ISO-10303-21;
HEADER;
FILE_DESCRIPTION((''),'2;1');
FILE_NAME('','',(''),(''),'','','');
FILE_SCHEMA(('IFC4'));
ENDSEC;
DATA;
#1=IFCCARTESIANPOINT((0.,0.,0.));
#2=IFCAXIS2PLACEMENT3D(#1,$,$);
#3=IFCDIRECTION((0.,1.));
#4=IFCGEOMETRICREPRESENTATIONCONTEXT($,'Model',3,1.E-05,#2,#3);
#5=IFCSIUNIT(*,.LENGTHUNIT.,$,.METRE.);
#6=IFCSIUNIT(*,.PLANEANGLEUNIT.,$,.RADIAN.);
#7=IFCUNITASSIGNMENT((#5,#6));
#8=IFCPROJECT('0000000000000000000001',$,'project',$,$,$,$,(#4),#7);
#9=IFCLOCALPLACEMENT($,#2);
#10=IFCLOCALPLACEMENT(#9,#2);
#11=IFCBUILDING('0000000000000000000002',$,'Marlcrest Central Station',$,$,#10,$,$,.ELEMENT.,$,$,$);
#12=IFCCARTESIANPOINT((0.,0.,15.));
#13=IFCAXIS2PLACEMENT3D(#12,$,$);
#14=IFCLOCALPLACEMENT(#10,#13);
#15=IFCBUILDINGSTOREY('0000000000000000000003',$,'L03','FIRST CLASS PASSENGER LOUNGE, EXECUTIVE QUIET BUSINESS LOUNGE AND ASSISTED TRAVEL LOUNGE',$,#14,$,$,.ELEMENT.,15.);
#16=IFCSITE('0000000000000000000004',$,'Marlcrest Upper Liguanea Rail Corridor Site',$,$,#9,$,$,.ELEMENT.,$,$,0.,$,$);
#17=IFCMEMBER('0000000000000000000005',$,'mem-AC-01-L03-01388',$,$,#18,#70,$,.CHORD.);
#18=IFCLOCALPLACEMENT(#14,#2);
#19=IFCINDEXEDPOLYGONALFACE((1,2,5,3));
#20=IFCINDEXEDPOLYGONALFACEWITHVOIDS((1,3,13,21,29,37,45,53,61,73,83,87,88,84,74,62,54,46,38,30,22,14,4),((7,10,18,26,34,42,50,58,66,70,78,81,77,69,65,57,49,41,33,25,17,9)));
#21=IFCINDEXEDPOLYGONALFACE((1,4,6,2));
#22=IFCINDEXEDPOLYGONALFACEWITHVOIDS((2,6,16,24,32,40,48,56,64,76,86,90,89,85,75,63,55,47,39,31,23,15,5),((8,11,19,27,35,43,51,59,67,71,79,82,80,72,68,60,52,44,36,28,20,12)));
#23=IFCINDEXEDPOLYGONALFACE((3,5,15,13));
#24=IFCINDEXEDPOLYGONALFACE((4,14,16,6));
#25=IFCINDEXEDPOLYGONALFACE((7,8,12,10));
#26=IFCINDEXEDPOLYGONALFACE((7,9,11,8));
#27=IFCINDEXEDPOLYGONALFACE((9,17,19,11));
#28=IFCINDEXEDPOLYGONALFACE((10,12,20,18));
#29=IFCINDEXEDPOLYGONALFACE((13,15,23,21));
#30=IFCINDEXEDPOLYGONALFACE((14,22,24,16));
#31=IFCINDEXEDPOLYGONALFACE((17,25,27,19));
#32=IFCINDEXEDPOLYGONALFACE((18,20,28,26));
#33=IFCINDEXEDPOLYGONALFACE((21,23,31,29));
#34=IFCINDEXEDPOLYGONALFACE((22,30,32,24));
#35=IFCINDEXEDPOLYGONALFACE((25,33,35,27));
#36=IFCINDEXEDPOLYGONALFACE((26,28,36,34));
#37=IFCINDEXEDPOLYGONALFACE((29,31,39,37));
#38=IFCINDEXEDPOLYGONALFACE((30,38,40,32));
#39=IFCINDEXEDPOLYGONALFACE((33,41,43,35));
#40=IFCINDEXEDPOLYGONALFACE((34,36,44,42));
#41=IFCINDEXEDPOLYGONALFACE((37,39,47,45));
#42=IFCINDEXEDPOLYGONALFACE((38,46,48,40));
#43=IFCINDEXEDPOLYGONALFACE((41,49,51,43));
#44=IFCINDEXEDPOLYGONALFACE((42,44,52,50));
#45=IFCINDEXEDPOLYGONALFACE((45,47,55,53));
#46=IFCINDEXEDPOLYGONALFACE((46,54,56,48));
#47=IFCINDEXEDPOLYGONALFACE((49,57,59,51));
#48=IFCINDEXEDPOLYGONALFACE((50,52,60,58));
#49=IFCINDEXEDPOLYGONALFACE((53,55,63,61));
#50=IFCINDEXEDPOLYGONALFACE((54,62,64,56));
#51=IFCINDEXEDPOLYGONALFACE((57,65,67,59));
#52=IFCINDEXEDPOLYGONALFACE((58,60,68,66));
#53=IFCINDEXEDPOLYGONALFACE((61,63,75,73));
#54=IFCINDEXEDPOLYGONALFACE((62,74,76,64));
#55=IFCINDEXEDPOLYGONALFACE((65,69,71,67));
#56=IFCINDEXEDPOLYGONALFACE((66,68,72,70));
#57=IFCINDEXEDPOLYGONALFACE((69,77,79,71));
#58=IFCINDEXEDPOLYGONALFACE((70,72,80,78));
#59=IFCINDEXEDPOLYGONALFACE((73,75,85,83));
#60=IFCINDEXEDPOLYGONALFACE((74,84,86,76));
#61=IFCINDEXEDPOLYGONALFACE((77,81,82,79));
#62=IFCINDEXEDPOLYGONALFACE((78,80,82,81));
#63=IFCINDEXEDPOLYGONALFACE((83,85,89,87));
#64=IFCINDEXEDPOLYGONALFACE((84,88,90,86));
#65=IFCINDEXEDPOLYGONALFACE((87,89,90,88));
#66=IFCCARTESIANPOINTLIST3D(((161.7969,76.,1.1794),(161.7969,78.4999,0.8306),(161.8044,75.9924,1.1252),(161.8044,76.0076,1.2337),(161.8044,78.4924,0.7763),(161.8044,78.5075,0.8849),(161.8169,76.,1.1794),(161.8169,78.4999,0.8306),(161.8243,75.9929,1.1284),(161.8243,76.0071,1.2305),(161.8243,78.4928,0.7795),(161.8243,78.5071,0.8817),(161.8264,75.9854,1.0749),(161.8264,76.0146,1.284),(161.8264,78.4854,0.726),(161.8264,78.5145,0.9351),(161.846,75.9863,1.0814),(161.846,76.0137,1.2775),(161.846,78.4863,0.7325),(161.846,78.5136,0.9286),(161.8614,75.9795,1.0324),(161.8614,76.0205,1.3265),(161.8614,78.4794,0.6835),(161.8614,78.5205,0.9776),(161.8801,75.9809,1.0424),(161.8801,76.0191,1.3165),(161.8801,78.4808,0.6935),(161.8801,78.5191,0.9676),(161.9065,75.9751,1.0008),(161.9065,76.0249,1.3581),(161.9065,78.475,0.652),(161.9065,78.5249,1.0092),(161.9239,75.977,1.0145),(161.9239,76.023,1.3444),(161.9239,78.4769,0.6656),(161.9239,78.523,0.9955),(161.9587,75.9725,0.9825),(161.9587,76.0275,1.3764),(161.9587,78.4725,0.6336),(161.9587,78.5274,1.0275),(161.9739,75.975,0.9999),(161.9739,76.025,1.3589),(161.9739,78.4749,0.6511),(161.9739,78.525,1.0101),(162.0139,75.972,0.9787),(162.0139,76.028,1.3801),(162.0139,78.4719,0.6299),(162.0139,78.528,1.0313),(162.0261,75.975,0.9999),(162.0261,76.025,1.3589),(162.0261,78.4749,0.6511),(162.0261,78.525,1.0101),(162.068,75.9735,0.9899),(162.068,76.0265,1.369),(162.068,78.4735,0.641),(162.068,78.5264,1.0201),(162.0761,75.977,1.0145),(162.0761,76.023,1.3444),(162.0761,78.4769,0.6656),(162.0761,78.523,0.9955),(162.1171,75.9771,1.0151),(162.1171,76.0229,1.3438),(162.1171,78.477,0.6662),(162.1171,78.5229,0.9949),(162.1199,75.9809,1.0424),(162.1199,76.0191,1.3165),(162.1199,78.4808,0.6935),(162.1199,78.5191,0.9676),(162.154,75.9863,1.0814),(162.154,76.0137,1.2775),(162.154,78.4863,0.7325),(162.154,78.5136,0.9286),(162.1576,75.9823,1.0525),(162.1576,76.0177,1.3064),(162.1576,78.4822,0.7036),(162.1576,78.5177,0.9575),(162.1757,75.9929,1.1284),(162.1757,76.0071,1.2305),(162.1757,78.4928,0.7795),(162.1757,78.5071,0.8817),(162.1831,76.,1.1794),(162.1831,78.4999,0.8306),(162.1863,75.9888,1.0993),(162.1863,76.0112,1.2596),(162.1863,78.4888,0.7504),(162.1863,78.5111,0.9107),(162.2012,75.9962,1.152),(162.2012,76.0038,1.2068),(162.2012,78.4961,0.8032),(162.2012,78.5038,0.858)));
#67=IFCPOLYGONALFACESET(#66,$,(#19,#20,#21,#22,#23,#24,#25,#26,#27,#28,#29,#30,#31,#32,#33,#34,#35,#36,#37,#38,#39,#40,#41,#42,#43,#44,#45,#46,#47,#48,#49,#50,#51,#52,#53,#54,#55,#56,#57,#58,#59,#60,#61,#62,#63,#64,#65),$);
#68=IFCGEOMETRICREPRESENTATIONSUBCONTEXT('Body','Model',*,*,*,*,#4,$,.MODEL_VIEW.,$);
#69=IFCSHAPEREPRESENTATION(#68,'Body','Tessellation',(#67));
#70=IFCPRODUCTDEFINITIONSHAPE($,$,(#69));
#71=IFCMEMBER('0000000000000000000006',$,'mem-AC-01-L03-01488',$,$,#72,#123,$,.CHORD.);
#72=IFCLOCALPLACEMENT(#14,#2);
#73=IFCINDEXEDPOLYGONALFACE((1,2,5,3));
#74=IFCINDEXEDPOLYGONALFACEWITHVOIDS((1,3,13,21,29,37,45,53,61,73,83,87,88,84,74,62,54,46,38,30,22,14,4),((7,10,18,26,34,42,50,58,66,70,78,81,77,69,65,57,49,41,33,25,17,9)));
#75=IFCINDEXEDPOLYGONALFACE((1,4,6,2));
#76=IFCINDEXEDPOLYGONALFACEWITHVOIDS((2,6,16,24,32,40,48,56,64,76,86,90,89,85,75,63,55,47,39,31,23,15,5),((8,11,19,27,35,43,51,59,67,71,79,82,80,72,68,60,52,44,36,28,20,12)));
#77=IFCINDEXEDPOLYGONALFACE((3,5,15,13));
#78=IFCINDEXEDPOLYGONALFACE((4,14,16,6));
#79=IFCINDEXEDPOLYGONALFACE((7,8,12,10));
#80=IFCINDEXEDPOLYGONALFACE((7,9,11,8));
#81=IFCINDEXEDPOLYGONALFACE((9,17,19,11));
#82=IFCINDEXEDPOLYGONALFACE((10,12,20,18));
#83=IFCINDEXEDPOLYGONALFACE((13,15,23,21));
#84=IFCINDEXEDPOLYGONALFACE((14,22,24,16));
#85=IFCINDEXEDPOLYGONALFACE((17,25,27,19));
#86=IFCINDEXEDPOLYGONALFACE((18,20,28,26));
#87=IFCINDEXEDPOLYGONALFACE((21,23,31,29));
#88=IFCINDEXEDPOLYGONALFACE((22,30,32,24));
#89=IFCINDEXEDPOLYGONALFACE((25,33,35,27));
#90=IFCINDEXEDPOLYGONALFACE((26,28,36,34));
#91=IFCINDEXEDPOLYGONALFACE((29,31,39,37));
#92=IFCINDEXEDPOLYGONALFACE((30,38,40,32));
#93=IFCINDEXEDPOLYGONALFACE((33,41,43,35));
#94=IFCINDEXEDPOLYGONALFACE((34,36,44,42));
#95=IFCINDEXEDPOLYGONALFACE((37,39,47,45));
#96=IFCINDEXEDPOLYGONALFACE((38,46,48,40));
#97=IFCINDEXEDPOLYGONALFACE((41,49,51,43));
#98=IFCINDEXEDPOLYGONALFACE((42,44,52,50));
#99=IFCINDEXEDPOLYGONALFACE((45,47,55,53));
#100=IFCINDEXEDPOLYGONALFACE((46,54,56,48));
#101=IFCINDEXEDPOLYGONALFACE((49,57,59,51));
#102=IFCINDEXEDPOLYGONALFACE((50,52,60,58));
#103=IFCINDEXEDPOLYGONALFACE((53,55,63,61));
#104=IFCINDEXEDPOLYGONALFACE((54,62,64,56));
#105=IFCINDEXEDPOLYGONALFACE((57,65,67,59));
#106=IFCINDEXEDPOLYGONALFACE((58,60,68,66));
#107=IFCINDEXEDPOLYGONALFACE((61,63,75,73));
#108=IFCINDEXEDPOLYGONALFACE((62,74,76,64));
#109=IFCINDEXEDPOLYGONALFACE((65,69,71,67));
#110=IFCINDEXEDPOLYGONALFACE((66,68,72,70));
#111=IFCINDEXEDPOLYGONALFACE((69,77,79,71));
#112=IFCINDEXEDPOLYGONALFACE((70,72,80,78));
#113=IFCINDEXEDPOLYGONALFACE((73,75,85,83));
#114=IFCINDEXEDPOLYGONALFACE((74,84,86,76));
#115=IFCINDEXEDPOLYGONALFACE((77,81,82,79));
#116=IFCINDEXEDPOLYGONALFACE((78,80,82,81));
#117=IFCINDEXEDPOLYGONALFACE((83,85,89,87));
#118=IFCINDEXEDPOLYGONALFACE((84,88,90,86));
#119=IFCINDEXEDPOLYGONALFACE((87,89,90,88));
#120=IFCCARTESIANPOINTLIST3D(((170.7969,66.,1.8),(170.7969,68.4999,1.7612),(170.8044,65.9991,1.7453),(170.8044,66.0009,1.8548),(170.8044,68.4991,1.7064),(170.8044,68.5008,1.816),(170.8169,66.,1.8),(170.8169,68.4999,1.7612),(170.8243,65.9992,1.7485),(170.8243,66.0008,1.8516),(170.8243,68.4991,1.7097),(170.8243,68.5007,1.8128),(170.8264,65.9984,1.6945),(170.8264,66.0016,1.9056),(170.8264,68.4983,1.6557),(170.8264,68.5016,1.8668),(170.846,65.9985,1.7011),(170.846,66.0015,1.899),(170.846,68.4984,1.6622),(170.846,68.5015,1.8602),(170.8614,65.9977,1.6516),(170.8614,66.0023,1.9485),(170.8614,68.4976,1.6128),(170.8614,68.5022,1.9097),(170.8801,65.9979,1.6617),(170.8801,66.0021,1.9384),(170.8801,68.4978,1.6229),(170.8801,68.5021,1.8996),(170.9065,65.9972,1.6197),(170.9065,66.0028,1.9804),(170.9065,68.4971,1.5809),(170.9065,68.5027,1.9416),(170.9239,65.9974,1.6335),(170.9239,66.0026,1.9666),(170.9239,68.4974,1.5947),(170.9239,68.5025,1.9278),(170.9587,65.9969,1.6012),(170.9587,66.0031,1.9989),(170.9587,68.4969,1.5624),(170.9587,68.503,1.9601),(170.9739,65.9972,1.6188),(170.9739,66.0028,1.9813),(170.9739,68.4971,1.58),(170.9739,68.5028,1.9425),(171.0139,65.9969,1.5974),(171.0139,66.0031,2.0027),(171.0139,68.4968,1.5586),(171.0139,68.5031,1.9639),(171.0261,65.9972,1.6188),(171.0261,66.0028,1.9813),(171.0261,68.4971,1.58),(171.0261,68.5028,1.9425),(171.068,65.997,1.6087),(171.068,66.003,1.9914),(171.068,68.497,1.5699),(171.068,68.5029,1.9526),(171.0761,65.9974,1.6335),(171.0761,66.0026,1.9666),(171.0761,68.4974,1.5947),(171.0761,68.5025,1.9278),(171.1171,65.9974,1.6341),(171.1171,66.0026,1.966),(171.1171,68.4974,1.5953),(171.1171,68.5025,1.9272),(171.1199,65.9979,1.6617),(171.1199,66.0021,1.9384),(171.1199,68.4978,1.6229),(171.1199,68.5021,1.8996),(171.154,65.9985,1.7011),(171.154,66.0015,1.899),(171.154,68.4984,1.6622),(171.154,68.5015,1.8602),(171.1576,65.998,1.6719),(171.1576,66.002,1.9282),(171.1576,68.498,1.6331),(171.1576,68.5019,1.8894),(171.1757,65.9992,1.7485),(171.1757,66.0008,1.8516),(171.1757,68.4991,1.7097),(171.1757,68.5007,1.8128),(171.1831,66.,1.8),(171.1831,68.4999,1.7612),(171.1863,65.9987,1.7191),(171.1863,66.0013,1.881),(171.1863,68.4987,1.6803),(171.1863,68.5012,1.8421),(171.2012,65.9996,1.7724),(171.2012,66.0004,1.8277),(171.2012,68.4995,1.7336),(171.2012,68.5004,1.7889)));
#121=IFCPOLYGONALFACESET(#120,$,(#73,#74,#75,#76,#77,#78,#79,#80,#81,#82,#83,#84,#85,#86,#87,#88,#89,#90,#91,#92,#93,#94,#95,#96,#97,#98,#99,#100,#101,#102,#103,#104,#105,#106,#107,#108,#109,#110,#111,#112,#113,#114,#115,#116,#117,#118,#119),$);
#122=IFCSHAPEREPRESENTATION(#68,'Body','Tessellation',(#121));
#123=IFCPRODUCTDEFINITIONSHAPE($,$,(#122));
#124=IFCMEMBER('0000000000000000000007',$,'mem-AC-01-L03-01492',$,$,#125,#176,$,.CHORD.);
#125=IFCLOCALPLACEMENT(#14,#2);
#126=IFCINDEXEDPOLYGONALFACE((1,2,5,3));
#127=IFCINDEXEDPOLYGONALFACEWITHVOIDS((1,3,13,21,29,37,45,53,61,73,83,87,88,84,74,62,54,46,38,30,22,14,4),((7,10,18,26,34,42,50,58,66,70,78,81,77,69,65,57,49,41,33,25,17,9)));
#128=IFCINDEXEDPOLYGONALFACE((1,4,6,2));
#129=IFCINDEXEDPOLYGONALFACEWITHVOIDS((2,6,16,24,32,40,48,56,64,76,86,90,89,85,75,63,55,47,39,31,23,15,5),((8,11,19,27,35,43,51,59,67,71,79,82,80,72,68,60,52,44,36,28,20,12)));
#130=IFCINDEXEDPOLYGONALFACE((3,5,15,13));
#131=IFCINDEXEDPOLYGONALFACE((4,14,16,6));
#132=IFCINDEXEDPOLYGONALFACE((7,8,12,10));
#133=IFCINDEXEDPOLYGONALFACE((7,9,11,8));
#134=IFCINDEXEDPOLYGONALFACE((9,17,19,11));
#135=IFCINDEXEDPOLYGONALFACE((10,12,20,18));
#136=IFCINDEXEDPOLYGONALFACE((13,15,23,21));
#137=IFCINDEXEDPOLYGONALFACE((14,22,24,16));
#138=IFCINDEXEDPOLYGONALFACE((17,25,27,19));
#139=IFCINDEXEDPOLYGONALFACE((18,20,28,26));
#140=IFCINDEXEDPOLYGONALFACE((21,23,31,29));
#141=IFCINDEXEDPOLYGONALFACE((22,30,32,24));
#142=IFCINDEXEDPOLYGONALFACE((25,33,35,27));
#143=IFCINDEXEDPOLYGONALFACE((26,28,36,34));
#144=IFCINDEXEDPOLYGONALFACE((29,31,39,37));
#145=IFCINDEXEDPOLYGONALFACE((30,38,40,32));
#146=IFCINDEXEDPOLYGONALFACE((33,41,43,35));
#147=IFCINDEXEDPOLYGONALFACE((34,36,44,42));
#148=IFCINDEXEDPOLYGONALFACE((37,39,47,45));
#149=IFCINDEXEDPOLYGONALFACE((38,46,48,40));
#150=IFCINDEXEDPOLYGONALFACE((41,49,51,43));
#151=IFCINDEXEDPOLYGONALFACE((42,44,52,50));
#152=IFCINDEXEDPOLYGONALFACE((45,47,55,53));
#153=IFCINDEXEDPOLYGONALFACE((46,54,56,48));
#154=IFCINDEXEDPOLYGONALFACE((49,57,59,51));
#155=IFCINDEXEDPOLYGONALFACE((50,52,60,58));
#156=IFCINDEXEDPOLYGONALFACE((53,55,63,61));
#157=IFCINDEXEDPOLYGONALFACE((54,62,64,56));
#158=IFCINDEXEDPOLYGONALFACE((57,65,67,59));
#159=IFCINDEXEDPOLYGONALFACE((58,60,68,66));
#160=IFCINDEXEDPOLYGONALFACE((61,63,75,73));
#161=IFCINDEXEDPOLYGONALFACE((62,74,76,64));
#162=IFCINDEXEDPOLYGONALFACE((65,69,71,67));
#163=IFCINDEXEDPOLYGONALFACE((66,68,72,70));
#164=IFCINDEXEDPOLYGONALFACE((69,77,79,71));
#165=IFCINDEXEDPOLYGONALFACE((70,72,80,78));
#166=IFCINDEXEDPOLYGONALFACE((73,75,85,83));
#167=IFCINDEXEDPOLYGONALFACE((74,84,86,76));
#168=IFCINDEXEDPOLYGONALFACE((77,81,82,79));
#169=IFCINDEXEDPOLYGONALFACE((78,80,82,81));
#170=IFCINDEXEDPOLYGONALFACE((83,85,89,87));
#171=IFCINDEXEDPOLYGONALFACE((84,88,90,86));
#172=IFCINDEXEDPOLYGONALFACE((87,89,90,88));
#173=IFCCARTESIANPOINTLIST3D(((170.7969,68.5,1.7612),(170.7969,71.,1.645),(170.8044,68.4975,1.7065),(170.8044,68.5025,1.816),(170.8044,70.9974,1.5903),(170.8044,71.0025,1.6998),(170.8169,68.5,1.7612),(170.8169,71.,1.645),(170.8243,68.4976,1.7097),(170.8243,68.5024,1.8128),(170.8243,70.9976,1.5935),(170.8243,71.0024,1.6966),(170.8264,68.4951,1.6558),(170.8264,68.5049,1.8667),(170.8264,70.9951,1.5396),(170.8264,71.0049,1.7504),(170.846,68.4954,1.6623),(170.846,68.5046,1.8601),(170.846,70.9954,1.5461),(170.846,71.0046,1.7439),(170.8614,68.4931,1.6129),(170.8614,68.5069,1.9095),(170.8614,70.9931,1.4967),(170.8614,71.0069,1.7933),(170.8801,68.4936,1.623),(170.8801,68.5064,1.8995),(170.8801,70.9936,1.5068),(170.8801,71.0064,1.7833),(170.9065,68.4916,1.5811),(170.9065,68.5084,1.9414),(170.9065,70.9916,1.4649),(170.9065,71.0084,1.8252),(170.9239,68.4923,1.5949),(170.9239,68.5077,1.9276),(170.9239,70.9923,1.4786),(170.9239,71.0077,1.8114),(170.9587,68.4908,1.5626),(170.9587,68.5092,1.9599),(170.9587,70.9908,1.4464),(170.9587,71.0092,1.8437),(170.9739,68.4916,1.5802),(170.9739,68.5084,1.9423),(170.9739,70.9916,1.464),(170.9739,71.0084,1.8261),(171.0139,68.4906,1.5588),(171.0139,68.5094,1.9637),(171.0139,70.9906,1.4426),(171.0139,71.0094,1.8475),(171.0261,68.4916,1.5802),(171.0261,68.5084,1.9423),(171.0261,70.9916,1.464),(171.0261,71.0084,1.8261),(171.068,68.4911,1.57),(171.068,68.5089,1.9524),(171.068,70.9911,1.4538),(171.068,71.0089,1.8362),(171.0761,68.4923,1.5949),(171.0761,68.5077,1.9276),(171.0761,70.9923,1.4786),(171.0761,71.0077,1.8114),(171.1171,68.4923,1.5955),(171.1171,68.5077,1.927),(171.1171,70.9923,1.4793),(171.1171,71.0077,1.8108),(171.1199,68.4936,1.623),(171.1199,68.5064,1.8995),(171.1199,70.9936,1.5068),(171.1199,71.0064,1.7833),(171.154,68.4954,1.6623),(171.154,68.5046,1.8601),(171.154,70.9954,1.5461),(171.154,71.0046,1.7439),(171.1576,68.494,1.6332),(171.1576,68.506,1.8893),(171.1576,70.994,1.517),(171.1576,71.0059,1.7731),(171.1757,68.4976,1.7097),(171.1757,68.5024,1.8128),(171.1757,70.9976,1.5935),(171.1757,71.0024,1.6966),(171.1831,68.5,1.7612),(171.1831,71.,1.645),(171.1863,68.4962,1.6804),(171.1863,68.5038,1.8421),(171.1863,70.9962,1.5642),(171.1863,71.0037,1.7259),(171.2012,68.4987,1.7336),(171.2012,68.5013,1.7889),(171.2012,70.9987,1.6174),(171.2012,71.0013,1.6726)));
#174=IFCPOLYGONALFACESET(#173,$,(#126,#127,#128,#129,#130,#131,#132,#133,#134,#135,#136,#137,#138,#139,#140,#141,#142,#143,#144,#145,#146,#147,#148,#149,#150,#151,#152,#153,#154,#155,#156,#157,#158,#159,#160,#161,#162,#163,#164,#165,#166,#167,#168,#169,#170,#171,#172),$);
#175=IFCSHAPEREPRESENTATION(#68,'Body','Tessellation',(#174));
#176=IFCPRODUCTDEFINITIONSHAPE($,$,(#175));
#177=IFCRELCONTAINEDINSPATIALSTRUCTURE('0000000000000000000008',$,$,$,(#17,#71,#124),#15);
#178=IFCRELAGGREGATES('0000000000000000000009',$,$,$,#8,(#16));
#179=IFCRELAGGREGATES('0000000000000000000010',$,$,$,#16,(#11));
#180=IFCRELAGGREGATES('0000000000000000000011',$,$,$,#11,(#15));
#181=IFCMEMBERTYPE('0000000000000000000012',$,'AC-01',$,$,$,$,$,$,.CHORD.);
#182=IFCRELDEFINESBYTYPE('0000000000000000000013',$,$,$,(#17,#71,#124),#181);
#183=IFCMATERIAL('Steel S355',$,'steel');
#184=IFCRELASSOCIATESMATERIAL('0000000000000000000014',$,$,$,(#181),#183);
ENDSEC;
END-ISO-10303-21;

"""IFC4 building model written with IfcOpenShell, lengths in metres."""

from ifc_helpers import new_model, si_unit, direction, frame, origin, origin_2d, place, context, subcontext, project, spatial, hollow_circle, extrude, material, material_profile, profile_set, type_object, element, save


model = new_model("IFC4")

# Units and contexts
model_context = context("Model", 3, precision=1e-05, world=origin(), true_north=direction((0.0, 1.0)))
body_context = subcontext(model_context, "Body", "Model", "MODEL_VIEW")
ifc_project = project(units=[si_unit("LENGTHUNIT", "METRE"), si_unit("PLANEANGLEUNIT", "RADIAN")], contexts=[model_context])

# Site, building, storey
site_placement = place(None, origin())
site = spatial("IfcSite", under=ifc_project, at=site_placement, Name="Marlcrest Upper Liguanea Rail Corridor Site", CompositionType="ELEMENT", RefElevation=0.0)
building_placement = place(site_placement, origin())
building = spatial("IfcBuilding", under=site, at=building_placement, Name="Marlcrest Central Station", CompositionType="ELEMENT")
storey_placement = place(building_placement, frame((0.0, 0.0, 15.0)))
storey = spatial("IfcBuildingStorey", under=building, at=storey_placement, Name="L03", Description="FIRST CLASS PASSENGER LOUNGE, EXECUTIVE QUIET BUSINESS LOUNGE AND ASSISTED TRAVEL LOUNGE", CompositionType="ELEMENT", Elevation=15.0)

# Members
ifc_material_1 = material(Name="Steel S355", Category="steel")
ifc_material_profile_1 = material_profile(ifc_material_1, hollow_circle(Radius=0.2031, WallThickness=0.02, at=origin_2d()), Name="CHS 406.4x20")
ifc_profile_set_1 = profile_set([ifc_material_profile_1], Name="Steel S355")
member_type_1 = type_object("IfcMemberType", Name="AC-01", PredefinedType="CHORD", material=ifc_profile_set_1)
member_1_placement = place(storey_placement, frame((162.0, 76.0, 1.1794), z_axis=(0.0, 0.990403, -0.138211), x_axis=(-1.0, 0.0, 0.0)))
element("IfcMember", 1, at=member_1_placement, inside=storey, type_object=member_type_1, Name="mem-AC-01-L03-01388", PredefinedType="CHORD", context=body_context, shape_type="SweptSolid", body=[
    extrude(hollow_circle(Radius=0.2031, WallThickness=0.02, at=origin_2d()), origin(), (0.0, 0.0, 1.0), 2.5242),
])
member_2_placement = place(storey_placement, frame((171.0, 66.0, 1.8), z_axis=(0.0, 0.999879, -0.015525), x_axis=(-1.0, 0.0, 0.0)))
element("IfcMember", 2, at=member_2_placement, inside=storey, type_object=member_type_1, Name="mem-AC-01-L03-01488", PredefinedType="CHORD", context=body_context, shape_type="SweptSolid", body=[
    extrude(hollow_circle(Radius=0.2031, WallThickness=0.02, at=origin_2d()), origin(), (0.0, 0.0, 1.0), 2.5002),
])
member_3_placement = place(storey_placement, frame((171.0, 68.5, 1.7612), z_axis=(0.0, 0.998921, -0.046434), x_axis=(-1.0, 0.0, 0.0)))
element("IfcMember", 3, at=member_3_placement, inside=storey, type_object=member_type_1, Name="mem-AC-01-L03-01492", PredefinedType="CHORD", context=body_context, shape_type="SweptSolid", body=[
    extrude(hollow_circle(Radius=0.2031, WallThickness=0.02, at=origin_2d()), origin(), (0.0, 0.0, 1.0), 2.5027),
])

save(model, "model.ifc")
